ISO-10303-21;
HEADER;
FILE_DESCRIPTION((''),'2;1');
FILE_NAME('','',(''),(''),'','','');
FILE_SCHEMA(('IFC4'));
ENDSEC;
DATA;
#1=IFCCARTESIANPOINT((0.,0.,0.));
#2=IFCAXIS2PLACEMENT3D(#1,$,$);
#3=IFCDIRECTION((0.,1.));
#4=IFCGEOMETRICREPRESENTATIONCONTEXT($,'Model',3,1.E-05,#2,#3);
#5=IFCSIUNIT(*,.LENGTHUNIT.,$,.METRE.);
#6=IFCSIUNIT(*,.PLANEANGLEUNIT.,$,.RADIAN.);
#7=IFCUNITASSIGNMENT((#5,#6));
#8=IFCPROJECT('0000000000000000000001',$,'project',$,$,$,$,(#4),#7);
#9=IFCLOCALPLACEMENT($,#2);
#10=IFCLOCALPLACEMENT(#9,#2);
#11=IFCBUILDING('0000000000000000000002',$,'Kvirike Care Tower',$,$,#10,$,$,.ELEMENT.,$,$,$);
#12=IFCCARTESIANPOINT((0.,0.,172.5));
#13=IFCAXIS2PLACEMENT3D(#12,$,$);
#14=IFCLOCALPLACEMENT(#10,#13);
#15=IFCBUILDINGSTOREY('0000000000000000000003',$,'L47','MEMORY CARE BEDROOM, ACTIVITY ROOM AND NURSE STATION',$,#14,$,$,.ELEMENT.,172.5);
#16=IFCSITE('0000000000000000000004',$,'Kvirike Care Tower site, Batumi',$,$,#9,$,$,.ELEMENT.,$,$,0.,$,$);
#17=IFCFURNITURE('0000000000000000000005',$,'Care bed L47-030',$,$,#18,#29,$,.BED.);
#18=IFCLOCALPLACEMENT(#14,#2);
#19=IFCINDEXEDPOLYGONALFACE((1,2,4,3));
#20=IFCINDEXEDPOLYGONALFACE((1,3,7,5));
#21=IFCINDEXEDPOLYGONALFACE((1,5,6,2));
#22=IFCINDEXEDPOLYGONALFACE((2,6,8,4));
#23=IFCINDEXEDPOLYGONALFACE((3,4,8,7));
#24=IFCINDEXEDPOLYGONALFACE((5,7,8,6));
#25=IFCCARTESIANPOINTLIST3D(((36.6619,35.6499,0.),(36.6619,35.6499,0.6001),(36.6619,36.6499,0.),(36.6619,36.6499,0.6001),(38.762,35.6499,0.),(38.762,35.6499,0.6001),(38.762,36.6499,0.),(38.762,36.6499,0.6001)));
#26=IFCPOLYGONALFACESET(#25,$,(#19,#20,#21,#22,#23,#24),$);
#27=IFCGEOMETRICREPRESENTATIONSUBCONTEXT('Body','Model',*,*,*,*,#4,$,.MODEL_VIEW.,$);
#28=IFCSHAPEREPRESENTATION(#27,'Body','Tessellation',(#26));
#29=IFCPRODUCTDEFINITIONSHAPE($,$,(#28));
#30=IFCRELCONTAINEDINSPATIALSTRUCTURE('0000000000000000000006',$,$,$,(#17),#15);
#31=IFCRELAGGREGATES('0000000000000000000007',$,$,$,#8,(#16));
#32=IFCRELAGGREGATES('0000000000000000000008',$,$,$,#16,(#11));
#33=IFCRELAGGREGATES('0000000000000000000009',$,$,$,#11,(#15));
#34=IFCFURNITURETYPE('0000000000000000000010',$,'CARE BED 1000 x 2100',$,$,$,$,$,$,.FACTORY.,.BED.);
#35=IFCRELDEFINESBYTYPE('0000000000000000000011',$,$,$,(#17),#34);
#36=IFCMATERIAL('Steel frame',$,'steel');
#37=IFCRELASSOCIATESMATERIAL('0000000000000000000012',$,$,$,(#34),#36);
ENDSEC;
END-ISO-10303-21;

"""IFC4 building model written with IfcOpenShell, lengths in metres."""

from ifc_helpers import new_model, si_unit, direction, frame, origin, origin_2d, place, context, subcontext, project, spatial, rectangle, extrude, material, type_object, element, save


model = new_model("IFC4")

# Units and contexts
model_context = context("Model", 3, precision=1e-05, world=origin(), true_north=direction((0.0, 1.0)))
body_context = subcontext(model_context, "Body", "Model", "MODEL_VIEW")
ifc_project = project(units=[si_unit("LENGTHUNIT", "METRE"), si_unit("PLANEANGLEUNIT", "RADIAN")], contexts=[model_context])

# Site, building, storey
site_placement = place(None, origin())
site = spatial("IfcSite", under=ifc_project, at=site_placement, Name="Kvirike Care Tower site, Batumi", CompositionType="ELEMENT", RefElevation=0.0)
building_placement = place(site_placement, origin())
building = spatial("IfcBuilding", under=site, at=building_placement, Name="Kvirike Care Tower", CompositionType="ELEMENT")
storey_placement = place(building_placement, frame((0.0, 0.0, 172.5)))
storey = spatial("IfcBuildingStorey", under=building, at=storey_placement, Name="L47", Description="MEMORY CARE BEDROOM, ACTIVITY ROOM AND NURSE STATION", CompositionType="ELEMENT", Elevation=172.5)

# Furniture
ifc_material_1 = material(Name="Steel frame", Category="steel")
furniture_type = type_object("IfcFurnitureType", Name="CARE BED 1000 x 2100", AssemblyPlace="FACTORY", PredefinedType="BED", material=ifc_material_1)
furniture_placement = place(storey_placement, frame((37.7119, 36.1499, 0.0), z_axis=(0.0, 0.0, 1.0), x_axis=(0.0, 1.0, 0.0)))
element("IfcFurniture", 1, at=furniture_placement, inside=storey, type_object=furniture_type, Name="Care bed L47-030", PredefinedType="BED", context=body_context, shape_type="SweptSolid", body=[
    extrude(rectangle(XDim=1.0, YDim=2.1001, at=origin_2d()), origin(), (0.0, 0.0, 1.0), 0.6001),
])

save(model, "model.ifc")
